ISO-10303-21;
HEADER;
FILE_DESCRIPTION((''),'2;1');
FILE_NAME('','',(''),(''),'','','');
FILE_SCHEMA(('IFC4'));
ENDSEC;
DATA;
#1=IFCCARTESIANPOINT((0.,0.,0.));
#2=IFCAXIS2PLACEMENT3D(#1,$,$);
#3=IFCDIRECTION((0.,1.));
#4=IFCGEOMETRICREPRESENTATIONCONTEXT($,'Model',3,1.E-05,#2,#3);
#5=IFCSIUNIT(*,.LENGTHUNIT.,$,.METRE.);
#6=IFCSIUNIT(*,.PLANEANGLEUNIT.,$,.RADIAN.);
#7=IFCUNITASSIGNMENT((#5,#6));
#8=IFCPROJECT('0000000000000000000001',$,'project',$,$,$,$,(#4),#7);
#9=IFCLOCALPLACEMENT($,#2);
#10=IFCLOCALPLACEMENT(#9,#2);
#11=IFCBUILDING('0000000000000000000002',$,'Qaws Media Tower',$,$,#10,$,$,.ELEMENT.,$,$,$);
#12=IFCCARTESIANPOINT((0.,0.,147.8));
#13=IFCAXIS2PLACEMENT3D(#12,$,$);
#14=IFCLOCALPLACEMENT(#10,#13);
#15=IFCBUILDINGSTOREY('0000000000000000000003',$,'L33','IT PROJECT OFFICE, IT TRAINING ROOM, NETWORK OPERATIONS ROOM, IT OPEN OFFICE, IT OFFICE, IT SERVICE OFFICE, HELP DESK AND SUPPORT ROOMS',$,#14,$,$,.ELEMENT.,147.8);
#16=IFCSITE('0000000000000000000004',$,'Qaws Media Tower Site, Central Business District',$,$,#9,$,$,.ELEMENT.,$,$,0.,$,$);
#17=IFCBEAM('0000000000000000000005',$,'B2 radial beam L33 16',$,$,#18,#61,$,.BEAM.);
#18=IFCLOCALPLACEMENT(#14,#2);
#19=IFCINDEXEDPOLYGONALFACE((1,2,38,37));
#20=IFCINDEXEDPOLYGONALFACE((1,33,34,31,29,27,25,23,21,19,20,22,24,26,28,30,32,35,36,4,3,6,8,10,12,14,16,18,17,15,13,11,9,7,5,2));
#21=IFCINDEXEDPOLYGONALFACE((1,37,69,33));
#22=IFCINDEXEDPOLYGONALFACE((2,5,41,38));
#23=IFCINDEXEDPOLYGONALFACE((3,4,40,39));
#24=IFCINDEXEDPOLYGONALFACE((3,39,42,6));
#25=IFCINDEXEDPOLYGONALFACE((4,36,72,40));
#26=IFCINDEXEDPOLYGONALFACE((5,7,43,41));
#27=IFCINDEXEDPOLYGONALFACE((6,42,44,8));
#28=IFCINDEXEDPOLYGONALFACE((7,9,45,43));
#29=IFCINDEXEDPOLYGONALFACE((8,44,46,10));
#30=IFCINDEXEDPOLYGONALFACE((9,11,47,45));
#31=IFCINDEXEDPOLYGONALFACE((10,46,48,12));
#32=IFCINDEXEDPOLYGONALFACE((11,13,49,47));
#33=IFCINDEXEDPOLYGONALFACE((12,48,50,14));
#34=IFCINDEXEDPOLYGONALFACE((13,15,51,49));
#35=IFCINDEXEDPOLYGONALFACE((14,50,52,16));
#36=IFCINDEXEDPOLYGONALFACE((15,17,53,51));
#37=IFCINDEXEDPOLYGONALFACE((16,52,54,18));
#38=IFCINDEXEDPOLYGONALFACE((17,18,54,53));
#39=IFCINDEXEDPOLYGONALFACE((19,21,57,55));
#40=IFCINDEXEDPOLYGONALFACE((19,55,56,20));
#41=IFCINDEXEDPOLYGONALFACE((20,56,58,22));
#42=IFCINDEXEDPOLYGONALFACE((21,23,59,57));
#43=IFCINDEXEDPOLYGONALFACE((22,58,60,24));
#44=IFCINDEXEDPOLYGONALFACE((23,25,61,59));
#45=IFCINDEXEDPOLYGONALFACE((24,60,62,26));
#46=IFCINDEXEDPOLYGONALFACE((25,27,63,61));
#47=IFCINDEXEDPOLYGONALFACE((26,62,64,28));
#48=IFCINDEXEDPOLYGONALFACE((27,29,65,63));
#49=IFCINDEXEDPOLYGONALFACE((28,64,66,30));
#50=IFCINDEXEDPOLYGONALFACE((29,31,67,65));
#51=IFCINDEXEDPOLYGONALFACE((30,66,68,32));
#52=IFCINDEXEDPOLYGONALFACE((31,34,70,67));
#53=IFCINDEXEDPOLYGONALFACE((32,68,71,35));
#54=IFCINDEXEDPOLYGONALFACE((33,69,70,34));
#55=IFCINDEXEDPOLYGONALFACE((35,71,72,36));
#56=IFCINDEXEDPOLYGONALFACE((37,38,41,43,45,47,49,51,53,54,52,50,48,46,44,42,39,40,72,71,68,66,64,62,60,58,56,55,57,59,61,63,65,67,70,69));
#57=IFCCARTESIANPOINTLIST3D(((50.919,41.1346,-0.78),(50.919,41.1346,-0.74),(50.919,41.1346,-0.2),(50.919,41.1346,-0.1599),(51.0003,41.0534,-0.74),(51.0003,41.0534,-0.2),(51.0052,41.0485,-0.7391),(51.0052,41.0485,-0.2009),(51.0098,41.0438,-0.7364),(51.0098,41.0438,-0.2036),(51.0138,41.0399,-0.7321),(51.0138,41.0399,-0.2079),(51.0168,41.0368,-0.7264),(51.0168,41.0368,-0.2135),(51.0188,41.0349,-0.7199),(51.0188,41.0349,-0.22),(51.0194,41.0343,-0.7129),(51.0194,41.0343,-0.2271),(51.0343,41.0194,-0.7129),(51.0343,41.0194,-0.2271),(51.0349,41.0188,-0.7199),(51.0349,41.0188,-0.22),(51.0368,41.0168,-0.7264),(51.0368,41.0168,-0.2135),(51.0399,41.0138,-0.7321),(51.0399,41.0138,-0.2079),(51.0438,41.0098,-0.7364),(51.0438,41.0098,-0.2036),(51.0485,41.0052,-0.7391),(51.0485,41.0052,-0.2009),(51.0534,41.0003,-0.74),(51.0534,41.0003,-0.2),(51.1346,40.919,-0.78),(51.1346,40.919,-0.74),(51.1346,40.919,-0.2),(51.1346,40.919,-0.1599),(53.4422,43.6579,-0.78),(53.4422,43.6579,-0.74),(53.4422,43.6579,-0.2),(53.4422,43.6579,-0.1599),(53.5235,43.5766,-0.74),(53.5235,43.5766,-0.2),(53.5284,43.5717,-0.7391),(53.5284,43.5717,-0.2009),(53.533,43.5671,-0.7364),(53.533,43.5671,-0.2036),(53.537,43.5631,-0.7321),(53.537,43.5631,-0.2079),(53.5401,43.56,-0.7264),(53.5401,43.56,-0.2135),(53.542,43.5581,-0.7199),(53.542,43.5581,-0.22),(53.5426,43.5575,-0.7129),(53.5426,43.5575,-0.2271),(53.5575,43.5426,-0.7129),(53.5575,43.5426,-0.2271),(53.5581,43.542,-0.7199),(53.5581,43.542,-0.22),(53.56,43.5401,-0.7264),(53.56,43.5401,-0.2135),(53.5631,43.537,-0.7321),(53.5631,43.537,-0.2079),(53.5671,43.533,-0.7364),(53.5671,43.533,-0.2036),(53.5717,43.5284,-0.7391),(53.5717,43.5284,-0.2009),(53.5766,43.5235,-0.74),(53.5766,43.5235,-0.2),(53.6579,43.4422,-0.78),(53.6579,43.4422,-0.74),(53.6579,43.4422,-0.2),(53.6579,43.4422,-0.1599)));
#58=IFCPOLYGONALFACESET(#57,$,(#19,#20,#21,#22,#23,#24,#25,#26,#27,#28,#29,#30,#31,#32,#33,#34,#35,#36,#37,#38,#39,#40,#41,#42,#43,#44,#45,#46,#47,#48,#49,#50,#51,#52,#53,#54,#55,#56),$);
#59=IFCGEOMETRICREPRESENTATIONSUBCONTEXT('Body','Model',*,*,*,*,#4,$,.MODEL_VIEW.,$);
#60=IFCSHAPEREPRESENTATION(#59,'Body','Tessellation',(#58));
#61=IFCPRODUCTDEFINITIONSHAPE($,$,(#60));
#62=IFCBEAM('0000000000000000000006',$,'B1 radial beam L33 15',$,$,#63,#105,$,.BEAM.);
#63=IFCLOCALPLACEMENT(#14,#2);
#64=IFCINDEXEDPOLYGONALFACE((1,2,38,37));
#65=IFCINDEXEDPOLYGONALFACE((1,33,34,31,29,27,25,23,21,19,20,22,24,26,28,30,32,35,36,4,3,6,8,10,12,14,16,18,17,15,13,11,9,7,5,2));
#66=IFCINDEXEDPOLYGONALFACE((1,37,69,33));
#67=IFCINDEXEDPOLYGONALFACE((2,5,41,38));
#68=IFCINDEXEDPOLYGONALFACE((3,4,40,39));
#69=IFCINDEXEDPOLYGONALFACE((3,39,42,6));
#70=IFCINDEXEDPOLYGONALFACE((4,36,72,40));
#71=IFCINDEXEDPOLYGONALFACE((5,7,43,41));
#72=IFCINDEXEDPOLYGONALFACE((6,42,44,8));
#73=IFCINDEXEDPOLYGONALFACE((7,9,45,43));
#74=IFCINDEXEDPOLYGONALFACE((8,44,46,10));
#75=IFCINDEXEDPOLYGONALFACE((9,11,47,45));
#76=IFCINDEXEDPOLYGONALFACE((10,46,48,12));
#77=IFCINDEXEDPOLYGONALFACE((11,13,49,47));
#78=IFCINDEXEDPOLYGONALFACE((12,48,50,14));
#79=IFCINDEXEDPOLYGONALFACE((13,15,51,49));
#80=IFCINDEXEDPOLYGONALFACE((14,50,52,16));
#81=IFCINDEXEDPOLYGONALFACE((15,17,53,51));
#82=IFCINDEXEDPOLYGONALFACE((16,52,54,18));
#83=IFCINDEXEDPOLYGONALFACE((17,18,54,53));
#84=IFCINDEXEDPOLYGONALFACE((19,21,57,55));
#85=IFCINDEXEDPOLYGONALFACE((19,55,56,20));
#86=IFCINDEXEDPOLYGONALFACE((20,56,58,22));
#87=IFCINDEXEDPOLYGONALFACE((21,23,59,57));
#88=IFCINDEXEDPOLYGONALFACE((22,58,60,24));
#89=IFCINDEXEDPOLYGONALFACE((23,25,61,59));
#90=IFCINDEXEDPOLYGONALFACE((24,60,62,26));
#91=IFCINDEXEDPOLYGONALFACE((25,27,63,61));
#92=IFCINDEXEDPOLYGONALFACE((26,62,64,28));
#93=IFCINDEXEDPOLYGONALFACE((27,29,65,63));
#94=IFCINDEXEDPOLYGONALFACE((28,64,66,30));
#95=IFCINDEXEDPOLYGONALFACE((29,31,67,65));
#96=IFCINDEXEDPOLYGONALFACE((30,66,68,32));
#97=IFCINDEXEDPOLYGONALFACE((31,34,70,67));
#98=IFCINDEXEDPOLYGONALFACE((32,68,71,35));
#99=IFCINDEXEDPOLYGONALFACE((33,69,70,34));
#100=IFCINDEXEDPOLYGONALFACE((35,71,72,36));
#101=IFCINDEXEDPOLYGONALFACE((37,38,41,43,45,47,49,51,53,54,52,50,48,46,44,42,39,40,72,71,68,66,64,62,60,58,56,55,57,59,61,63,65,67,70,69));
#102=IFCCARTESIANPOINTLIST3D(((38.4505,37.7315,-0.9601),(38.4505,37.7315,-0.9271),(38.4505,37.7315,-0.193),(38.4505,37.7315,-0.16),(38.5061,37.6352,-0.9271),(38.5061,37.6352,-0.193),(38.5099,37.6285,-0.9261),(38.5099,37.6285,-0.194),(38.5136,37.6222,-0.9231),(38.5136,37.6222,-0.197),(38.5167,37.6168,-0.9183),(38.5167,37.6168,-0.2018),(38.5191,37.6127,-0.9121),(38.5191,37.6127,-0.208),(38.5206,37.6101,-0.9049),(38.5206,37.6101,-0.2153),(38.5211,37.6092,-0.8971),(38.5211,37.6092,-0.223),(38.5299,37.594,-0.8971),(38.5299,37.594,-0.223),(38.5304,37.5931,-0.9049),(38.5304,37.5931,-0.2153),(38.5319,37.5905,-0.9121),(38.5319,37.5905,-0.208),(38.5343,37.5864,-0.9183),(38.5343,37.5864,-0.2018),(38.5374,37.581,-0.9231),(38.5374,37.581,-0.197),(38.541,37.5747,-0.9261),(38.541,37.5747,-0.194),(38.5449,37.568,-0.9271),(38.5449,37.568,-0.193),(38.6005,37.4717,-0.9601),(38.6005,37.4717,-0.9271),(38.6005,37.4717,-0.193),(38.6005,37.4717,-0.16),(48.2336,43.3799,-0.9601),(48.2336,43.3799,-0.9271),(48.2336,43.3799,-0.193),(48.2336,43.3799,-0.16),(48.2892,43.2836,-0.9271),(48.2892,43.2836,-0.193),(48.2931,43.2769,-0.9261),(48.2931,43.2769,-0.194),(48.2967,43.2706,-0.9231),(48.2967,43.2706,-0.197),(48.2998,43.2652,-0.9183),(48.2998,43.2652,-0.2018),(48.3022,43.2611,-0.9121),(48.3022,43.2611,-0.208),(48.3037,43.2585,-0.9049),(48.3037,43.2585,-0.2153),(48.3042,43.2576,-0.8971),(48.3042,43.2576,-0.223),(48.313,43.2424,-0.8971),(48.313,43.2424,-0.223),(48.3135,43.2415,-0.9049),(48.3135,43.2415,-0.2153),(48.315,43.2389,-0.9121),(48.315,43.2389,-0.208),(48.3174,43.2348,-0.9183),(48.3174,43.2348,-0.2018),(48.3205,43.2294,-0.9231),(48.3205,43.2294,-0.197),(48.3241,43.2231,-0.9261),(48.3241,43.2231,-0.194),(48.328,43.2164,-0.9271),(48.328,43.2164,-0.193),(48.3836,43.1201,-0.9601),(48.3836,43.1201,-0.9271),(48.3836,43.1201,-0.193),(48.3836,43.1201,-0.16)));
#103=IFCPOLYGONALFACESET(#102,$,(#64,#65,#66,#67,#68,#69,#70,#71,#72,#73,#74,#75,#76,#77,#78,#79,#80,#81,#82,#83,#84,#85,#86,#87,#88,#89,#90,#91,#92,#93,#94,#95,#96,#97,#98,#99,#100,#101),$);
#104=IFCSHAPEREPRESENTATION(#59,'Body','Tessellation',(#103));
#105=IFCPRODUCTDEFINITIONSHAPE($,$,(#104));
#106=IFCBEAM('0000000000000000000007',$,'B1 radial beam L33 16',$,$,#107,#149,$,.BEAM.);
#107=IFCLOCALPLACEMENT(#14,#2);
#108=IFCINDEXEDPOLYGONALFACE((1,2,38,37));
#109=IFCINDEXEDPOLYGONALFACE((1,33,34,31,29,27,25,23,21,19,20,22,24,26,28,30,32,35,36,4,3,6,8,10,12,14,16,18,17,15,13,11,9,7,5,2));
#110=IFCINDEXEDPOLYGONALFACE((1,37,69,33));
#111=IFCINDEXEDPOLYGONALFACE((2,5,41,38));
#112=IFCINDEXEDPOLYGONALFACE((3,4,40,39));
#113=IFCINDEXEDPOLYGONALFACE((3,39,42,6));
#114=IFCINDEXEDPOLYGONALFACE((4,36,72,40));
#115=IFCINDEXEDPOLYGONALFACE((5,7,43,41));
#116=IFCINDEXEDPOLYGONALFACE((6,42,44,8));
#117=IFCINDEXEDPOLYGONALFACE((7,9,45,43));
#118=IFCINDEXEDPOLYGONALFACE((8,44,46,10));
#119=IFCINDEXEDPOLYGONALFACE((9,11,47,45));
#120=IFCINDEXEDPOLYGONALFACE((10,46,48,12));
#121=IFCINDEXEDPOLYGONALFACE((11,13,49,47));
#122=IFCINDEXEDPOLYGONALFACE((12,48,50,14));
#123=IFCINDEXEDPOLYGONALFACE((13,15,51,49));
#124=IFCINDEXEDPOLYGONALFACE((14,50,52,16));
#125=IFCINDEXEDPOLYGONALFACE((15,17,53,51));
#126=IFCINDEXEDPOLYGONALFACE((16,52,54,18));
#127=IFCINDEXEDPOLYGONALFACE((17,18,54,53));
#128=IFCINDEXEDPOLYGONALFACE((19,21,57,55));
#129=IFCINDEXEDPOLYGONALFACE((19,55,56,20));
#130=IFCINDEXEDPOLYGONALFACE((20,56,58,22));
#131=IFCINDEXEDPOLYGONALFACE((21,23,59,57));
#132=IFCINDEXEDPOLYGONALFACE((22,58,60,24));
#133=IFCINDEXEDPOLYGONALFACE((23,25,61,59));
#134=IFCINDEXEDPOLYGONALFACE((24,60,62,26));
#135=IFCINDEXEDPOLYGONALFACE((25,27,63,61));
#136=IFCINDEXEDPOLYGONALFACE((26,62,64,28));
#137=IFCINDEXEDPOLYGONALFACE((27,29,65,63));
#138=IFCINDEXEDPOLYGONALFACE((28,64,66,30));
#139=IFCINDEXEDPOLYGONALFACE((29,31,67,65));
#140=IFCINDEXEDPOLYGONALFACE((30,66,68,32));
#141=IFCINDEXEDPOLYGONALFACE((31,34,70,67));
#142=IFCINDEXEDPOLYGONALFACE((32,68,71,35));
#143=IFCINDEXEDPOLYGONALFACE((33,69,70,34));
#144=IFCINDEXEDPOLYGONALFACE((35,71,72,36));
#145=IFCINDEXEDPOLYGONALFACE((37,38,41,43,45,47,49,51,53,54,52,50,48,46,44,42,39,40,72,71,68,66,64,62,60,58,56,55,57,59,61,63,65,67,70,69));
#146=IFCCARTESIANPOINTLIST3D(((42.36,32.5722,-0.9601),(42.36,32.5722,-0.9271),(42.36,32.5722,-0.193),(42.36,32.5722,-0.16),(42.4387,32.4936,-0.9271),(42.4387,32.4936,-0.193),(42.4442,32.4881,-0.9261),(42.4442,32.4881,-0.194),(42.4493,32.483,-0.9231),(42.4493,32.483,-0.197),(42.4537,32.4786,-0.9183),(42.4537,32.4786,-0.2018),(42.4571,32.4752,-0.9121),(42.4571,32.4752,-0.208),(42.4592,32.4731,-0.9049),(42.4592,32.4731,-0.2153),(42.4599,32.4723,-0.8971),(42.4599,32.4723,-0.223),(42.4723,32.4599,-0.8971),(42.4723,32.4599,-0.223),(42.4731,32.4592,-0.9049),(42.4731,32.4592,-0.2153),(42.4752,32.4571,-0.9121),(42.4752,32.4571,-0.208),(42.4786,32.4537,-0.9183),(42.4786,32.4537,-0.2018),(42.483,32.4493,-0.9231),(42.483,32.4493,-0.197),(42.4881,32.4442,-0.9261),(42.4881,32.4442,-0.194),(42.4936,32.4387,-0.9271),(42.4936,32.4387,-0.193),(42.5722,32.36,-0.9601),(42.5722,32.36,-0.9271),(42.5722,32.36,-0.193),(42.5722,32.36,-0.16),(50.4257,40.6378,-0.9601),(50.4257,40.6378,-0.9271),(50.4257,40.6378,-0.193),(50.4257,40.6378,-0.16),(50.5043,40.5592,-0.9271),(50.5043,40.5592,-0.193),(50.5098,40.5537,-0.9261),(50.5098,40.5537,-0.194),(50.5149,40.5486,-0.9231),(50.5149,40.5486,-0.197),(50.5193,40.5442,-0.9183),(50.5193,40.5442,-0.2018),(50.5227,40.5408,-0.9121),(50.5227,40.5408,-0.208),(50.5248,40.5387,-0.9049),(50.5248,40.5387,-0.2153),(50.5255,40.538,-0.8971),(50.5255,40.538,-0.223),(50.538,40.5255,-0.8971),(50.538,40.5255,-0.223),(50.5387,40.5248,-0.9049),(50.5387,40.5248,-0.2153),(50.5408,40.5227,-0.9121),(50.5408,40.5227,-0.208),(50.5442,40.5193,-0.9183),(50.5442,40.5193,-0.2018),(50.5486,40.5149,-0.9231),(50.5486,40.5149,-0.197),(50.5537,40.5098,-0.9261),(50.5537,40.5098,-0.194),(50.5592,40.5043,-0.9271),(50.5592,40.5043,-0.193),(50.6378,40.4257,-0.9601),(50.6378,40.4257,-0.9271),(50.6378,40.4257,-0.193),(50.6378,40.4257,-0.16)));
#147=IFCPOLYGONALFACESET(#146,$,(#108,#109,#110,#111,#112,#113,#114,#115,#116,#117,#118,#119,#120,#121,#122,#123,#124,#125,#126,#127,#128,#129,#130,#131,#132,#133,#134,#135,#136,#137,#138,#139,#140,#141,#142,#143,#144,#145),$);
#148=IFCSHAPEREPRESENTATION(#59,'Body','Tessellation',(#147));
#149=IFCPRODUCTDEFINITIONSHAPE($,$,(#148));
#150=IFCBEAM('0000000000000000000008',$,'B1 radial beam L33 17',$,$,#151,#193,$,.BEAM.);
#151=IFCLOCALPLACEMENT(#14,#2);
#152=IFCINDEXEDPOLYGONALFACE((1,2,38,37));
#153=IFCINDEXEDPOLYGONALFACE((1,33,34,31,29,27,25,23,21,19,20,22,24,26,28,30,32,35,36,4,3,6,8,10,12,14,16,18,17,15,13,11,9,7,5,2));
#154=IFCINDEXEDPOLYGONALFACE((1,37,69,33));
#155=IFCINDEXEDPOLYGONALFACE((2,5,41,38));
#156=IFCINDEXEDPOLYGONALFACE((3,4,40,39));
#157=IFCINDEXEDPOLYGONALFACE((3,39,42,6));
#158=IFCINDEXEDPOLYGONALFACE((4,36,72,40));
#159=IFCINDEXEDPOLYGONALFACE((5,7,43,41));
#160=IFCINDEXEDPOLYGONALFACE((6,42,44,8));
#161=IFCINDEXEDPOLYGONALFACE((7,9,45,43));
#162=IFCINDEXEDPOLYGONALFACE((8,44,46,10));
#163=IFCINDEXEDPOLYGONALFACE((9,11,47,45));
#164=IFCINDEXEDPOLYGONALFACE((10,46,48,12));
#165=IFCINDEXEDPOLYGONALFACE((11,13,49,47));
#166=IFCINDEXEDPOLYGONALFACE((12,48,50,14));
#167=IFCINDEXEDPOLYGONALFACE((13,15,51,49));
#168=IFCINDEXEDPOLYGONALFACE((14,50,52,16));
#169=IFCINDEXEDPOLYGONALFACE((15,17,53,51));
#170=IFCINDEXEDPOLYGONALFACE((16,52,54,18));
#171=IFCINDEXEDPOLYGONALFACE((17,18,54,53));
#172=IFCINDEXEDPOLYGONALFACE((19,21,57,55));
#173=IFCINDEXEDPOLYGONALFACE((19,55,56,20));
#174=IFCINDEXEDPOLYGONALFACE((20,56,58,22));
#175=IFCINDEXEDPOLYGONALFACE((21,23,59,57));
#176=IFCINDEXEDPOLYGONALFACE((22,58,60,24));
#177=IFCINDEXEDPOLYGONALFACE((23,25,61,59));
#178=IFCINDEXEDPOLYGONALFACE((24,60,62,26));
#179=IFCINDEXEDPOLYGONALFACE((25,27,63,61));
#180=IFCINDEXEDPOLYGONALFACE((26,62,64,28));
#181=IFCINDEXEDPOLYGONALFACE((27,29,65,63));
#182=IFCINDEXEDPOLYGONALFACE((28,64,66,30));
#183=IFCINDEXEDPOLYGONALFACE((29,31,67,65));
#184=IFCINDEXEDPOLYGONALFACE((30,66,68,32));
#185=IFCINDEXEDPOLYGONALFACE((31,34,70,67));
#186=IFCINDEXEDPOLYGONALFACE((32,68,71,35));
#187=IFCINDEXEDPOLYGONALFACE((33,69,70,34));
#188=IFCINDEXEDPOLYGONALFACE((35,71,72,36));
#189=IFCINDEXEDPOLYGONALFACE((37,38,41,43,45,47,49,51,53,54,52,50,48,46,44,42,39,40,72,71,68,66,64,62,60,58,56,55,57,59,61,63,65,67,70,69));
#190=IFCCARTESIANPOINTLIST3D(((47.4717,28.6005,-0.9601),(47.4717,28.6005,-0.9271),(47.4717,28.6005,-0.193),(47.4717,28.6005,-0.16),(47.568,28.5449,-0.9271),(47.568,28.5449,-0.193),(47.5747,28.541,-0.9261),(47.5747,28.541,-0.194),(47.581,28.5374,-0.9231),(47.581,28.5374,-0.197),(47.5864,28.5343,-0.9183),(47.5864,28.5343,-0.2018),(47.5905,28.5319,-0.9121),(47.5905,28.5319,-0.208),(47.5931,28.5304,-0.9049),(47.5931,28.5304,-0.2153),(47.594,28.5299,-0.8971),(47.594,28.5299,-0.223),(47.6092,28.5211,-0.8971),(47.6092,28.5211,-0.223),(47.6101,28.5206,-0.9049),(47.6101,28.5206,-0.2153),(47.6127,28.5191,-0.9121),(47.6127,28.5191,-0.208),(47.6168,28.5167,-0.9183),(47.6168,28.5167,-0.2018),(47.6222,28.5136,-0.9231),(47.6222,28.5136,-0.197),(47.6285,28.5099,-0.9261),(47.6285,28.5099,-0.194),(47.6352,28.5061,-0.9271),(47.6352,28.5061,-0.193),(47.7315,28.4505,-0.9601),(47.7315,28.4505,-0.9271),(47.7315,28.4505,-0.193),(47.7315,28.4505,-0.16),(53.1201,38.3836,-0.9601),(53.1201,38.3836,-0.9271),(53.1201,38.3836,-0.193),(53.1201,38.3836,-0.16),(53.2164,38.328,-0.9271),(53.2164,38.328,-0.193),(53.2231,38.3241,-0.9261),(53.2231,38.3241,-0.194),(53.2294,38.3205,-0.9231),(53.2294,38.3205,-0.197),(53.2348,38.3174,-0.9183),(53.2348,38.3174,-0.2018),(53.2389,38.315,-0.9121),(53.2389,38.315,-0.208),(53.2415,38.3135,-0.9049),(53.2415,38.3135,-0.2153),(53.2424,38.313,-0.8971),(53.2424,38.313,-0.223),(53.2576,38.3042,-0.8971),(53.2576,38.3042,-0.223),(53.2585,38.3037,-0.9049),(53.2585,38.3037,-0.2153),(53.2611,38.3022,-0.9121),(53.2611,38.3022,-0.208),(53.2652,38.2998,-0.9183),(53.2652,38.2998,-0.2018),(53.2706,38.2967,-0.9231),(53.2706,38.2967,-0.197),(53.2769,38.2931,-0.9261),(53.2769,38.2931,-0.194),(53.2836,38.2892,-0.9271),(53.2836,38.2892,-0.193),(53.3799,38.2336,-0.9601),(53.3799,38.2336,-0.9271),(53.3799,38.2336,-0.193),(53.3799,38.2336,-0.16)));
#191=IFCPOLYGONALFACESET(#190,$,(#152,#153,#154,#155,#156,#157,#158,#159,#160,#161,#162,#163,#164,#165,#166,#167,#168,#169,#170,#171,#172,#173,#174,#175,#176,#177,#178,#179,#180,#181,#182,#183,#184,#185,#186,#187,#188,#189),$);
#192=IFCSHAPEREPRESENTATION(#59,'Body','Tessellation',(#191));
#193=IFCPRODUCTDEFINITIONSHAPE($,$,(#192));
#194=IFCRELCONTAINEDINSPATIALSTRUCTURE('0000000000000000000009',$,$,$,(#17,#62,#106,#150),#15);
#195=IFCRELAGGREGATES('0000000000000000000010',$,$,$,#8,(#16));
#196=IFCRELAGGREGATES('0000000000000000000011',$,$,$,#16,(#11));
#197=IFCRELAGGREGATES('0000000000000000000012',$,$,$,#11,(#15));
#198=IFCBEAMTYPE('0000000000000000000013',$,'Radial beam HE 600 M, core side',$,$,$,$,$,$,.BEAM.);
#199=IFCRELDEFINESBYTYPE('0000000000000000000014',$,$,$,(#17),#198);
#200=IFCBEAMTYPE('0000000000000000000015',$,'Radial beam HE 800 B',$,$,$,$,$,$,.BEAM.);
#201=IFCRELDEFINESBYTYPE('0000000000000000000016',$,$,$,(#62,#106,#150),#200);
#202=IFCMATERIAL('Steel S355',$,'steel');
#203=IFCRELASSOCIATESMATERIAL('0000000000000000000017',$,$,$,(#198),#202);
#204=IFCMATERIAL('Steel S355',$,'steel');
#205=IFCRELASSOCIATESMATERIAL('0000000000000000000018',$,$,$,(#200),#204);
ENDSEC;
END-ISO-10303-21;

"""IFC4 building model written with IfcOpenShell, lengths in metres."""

from ifc_helpers import new_model, si_unit, direction, frame, origin, origin_2d, place, context, subcontext, project, spatial, i_section, extrude, material, material_profile, profile_set, type_object, element, save


model = new_model("IFC4")

# Units and contexts
model_context = context("Model", 3, precision=1e-05, world=origin(), true_north=direction((0.0, 1.0)))
body_context = subcontext(model_context, "Body", "Model", "MODEL_VIEW")
ifc_project = project(units=[si_unit("LENGTHUNIT", "METRE"), si_unit("PLANEANGLEUNIT", "RADIAN")], contexts=[model_context])

# Site, building, storey
site_placement = place(None, origin())
site = spatial("IfcSite", under=ifc_project, at=site_placement, Name="Qaws Media Tower Site, Central Business District", CompositionType="ELEMENT", RefElevation=0.0)
building_placement = place(site_placement, origin())
building = spatial("IfcBuilding", under=site, at=building_placement, Name="Qaws Media Tower", CompositionType="ELEMENT")
storey_placement = place(building_placement, frame((0.0, 0.0, 147.8)))
storey = spatial("IfcBuildingStorey", under=building, at=storey_placement, Name="L33", Description="IT PROJECT OFFICE, IT TRAINING ROOM, NETWORK OPERATIONS ROOM, IT OPEN OFFICE, IT OFFICE, IT SERVICE OFFICE, HELP DESK AND SUPPORT ROOMS", CompositionType="ELEMENT", Elevation=147.8)

# Beams
ifc_material_1 = material(Name="Steel S355", Category="steel")
ifc_material_profile_1 = material_profile(ifc_material_1, i_section(OverallWidth=0.3049, OverallDepth=0.6201, WebThickness=0.021, FlangeThickness=0.04, FilletRadius=0.0271, at=origin_2d()), Name="HE 600 M")
ifc_profile_set_1 = profile_set([ifc_material_profile_1], Name="Steel S355")
beam_type_1 = type_object("IfcBeamType", Name="Radial beam HE 600 M, core side", PredefinedType="BEAM", material=ifc_profile_set_1)
beam_1_placement = place(storey_placement, frame((53.55, 43.55, -0.47), z_axis=(-0.707107, -0.707107, 0.0), x_axis=(0.707107, -0.707107, 0.0)))
element("IfcBeam", 1, at=beam_1_placement, inside=storey, type_object=beam_type_1, Name="B2 radial beam L33 16", PredefinedType="BEAM", context=body_context, shape_type="SweptSolid", body=[
    extrude(i_section(OverallWidth=0.3049, OverallDepth=0.6201, WebThickness=0.021, FlangeThickness=0.04, FilletRadius=0.0271, at=origin_2d()), origin(), (0.0, 0.0, 1.0), 3.5684),
])
ifc_material_2 = material(Name="Steel S355", Category="steel")
ifc_material_profile_2 = material_profile(ifc_material_2, i_section(OverallWidth=0.3, OverallDepth=0.8, WebThickness=0.0176, FlangeThickness=0.033, FilletRadius=0.03, at=origin_2d()), Name="HE 800 B")
ifc_profile_set_2 = profile_set([ifc_material_profile_2], Name="Steel S355")
beam_type_2 = type_object("IfcBeamType", Name="Radial beam HE 800 B", PredefinedType="BEAM", material=ifc_profile_set_2)
beam_2_placement = place(storey_placement, frame((48.3086, 43.25, -0.5601), z_axis=(-0.866021, -0.500007, 0.0), x_axis=(0.500007, -0.866021, 0.0)))
element("IfcBeam", 2, at=beam_2_placement, inside=storey, type_object=beam_type_2, Name="B1 radial beam L33 15", PredefinedType="BEAM", context=body_context, shape_type="SweptSolid", body=[
    extrude(i_section(OverallWidth=0.3, OverallDepth=0.8, WebThickness=0.0176, FlangeThickness=0.033, FilletRadius=0.03, at=origin_2d()), origin(), (0.0, 0.0, 1.0), 11.2966),
])
beam_3_placement = place(storey_placement, frame((50.5317, 40.5317, -0.5601), z_axis=(-0.707107, -0.707107, 0.0), x_axis=(0.707107, -0.707107, 0.0)))
element("IfcBeam", 3, at=beam_3_placement, inside=storey, type_object=beam_type_2, Name="B1 radial beam L33 16", PredefinedType="BEAM", context=body_context, shape_type="SweptSolid", body=[
    extrude(i_section(OverallWidth=0.3, OverallDepth=0.8, WebThickness=0.0176, FlangeThickness=0.033, FilletRadius=0.03, at=origin_2d()), origin(), (0.0, 0.0, 1.0), 11.4065),
])
beam_4_placement = place(storey_placement, frame((53.25, 38.3086, -0.5601), z_axis=(-0.500007, -0.866021, 0.0), x_axis=(0.866021, -0.500007, 0.0)))
element("IfcBeam", 4, at=beam_4_placement, inside=storey, type_object=beam_type_2, Name="B1 radial beam L33 17", PredefinedType="BEAM", context=body_context, shape_type="SweptSolid", body=[
    extrude(i_section(OverallWidth=0.3, OverallDepth=0.8, WebThickness=0.0176, FlangeThickness=0.033, FilletRadius=0.03, at=origin_2d()), origin(), (0.0, 0.0, 1.0), 11.2966),
])

save(model, "model.ifc")
